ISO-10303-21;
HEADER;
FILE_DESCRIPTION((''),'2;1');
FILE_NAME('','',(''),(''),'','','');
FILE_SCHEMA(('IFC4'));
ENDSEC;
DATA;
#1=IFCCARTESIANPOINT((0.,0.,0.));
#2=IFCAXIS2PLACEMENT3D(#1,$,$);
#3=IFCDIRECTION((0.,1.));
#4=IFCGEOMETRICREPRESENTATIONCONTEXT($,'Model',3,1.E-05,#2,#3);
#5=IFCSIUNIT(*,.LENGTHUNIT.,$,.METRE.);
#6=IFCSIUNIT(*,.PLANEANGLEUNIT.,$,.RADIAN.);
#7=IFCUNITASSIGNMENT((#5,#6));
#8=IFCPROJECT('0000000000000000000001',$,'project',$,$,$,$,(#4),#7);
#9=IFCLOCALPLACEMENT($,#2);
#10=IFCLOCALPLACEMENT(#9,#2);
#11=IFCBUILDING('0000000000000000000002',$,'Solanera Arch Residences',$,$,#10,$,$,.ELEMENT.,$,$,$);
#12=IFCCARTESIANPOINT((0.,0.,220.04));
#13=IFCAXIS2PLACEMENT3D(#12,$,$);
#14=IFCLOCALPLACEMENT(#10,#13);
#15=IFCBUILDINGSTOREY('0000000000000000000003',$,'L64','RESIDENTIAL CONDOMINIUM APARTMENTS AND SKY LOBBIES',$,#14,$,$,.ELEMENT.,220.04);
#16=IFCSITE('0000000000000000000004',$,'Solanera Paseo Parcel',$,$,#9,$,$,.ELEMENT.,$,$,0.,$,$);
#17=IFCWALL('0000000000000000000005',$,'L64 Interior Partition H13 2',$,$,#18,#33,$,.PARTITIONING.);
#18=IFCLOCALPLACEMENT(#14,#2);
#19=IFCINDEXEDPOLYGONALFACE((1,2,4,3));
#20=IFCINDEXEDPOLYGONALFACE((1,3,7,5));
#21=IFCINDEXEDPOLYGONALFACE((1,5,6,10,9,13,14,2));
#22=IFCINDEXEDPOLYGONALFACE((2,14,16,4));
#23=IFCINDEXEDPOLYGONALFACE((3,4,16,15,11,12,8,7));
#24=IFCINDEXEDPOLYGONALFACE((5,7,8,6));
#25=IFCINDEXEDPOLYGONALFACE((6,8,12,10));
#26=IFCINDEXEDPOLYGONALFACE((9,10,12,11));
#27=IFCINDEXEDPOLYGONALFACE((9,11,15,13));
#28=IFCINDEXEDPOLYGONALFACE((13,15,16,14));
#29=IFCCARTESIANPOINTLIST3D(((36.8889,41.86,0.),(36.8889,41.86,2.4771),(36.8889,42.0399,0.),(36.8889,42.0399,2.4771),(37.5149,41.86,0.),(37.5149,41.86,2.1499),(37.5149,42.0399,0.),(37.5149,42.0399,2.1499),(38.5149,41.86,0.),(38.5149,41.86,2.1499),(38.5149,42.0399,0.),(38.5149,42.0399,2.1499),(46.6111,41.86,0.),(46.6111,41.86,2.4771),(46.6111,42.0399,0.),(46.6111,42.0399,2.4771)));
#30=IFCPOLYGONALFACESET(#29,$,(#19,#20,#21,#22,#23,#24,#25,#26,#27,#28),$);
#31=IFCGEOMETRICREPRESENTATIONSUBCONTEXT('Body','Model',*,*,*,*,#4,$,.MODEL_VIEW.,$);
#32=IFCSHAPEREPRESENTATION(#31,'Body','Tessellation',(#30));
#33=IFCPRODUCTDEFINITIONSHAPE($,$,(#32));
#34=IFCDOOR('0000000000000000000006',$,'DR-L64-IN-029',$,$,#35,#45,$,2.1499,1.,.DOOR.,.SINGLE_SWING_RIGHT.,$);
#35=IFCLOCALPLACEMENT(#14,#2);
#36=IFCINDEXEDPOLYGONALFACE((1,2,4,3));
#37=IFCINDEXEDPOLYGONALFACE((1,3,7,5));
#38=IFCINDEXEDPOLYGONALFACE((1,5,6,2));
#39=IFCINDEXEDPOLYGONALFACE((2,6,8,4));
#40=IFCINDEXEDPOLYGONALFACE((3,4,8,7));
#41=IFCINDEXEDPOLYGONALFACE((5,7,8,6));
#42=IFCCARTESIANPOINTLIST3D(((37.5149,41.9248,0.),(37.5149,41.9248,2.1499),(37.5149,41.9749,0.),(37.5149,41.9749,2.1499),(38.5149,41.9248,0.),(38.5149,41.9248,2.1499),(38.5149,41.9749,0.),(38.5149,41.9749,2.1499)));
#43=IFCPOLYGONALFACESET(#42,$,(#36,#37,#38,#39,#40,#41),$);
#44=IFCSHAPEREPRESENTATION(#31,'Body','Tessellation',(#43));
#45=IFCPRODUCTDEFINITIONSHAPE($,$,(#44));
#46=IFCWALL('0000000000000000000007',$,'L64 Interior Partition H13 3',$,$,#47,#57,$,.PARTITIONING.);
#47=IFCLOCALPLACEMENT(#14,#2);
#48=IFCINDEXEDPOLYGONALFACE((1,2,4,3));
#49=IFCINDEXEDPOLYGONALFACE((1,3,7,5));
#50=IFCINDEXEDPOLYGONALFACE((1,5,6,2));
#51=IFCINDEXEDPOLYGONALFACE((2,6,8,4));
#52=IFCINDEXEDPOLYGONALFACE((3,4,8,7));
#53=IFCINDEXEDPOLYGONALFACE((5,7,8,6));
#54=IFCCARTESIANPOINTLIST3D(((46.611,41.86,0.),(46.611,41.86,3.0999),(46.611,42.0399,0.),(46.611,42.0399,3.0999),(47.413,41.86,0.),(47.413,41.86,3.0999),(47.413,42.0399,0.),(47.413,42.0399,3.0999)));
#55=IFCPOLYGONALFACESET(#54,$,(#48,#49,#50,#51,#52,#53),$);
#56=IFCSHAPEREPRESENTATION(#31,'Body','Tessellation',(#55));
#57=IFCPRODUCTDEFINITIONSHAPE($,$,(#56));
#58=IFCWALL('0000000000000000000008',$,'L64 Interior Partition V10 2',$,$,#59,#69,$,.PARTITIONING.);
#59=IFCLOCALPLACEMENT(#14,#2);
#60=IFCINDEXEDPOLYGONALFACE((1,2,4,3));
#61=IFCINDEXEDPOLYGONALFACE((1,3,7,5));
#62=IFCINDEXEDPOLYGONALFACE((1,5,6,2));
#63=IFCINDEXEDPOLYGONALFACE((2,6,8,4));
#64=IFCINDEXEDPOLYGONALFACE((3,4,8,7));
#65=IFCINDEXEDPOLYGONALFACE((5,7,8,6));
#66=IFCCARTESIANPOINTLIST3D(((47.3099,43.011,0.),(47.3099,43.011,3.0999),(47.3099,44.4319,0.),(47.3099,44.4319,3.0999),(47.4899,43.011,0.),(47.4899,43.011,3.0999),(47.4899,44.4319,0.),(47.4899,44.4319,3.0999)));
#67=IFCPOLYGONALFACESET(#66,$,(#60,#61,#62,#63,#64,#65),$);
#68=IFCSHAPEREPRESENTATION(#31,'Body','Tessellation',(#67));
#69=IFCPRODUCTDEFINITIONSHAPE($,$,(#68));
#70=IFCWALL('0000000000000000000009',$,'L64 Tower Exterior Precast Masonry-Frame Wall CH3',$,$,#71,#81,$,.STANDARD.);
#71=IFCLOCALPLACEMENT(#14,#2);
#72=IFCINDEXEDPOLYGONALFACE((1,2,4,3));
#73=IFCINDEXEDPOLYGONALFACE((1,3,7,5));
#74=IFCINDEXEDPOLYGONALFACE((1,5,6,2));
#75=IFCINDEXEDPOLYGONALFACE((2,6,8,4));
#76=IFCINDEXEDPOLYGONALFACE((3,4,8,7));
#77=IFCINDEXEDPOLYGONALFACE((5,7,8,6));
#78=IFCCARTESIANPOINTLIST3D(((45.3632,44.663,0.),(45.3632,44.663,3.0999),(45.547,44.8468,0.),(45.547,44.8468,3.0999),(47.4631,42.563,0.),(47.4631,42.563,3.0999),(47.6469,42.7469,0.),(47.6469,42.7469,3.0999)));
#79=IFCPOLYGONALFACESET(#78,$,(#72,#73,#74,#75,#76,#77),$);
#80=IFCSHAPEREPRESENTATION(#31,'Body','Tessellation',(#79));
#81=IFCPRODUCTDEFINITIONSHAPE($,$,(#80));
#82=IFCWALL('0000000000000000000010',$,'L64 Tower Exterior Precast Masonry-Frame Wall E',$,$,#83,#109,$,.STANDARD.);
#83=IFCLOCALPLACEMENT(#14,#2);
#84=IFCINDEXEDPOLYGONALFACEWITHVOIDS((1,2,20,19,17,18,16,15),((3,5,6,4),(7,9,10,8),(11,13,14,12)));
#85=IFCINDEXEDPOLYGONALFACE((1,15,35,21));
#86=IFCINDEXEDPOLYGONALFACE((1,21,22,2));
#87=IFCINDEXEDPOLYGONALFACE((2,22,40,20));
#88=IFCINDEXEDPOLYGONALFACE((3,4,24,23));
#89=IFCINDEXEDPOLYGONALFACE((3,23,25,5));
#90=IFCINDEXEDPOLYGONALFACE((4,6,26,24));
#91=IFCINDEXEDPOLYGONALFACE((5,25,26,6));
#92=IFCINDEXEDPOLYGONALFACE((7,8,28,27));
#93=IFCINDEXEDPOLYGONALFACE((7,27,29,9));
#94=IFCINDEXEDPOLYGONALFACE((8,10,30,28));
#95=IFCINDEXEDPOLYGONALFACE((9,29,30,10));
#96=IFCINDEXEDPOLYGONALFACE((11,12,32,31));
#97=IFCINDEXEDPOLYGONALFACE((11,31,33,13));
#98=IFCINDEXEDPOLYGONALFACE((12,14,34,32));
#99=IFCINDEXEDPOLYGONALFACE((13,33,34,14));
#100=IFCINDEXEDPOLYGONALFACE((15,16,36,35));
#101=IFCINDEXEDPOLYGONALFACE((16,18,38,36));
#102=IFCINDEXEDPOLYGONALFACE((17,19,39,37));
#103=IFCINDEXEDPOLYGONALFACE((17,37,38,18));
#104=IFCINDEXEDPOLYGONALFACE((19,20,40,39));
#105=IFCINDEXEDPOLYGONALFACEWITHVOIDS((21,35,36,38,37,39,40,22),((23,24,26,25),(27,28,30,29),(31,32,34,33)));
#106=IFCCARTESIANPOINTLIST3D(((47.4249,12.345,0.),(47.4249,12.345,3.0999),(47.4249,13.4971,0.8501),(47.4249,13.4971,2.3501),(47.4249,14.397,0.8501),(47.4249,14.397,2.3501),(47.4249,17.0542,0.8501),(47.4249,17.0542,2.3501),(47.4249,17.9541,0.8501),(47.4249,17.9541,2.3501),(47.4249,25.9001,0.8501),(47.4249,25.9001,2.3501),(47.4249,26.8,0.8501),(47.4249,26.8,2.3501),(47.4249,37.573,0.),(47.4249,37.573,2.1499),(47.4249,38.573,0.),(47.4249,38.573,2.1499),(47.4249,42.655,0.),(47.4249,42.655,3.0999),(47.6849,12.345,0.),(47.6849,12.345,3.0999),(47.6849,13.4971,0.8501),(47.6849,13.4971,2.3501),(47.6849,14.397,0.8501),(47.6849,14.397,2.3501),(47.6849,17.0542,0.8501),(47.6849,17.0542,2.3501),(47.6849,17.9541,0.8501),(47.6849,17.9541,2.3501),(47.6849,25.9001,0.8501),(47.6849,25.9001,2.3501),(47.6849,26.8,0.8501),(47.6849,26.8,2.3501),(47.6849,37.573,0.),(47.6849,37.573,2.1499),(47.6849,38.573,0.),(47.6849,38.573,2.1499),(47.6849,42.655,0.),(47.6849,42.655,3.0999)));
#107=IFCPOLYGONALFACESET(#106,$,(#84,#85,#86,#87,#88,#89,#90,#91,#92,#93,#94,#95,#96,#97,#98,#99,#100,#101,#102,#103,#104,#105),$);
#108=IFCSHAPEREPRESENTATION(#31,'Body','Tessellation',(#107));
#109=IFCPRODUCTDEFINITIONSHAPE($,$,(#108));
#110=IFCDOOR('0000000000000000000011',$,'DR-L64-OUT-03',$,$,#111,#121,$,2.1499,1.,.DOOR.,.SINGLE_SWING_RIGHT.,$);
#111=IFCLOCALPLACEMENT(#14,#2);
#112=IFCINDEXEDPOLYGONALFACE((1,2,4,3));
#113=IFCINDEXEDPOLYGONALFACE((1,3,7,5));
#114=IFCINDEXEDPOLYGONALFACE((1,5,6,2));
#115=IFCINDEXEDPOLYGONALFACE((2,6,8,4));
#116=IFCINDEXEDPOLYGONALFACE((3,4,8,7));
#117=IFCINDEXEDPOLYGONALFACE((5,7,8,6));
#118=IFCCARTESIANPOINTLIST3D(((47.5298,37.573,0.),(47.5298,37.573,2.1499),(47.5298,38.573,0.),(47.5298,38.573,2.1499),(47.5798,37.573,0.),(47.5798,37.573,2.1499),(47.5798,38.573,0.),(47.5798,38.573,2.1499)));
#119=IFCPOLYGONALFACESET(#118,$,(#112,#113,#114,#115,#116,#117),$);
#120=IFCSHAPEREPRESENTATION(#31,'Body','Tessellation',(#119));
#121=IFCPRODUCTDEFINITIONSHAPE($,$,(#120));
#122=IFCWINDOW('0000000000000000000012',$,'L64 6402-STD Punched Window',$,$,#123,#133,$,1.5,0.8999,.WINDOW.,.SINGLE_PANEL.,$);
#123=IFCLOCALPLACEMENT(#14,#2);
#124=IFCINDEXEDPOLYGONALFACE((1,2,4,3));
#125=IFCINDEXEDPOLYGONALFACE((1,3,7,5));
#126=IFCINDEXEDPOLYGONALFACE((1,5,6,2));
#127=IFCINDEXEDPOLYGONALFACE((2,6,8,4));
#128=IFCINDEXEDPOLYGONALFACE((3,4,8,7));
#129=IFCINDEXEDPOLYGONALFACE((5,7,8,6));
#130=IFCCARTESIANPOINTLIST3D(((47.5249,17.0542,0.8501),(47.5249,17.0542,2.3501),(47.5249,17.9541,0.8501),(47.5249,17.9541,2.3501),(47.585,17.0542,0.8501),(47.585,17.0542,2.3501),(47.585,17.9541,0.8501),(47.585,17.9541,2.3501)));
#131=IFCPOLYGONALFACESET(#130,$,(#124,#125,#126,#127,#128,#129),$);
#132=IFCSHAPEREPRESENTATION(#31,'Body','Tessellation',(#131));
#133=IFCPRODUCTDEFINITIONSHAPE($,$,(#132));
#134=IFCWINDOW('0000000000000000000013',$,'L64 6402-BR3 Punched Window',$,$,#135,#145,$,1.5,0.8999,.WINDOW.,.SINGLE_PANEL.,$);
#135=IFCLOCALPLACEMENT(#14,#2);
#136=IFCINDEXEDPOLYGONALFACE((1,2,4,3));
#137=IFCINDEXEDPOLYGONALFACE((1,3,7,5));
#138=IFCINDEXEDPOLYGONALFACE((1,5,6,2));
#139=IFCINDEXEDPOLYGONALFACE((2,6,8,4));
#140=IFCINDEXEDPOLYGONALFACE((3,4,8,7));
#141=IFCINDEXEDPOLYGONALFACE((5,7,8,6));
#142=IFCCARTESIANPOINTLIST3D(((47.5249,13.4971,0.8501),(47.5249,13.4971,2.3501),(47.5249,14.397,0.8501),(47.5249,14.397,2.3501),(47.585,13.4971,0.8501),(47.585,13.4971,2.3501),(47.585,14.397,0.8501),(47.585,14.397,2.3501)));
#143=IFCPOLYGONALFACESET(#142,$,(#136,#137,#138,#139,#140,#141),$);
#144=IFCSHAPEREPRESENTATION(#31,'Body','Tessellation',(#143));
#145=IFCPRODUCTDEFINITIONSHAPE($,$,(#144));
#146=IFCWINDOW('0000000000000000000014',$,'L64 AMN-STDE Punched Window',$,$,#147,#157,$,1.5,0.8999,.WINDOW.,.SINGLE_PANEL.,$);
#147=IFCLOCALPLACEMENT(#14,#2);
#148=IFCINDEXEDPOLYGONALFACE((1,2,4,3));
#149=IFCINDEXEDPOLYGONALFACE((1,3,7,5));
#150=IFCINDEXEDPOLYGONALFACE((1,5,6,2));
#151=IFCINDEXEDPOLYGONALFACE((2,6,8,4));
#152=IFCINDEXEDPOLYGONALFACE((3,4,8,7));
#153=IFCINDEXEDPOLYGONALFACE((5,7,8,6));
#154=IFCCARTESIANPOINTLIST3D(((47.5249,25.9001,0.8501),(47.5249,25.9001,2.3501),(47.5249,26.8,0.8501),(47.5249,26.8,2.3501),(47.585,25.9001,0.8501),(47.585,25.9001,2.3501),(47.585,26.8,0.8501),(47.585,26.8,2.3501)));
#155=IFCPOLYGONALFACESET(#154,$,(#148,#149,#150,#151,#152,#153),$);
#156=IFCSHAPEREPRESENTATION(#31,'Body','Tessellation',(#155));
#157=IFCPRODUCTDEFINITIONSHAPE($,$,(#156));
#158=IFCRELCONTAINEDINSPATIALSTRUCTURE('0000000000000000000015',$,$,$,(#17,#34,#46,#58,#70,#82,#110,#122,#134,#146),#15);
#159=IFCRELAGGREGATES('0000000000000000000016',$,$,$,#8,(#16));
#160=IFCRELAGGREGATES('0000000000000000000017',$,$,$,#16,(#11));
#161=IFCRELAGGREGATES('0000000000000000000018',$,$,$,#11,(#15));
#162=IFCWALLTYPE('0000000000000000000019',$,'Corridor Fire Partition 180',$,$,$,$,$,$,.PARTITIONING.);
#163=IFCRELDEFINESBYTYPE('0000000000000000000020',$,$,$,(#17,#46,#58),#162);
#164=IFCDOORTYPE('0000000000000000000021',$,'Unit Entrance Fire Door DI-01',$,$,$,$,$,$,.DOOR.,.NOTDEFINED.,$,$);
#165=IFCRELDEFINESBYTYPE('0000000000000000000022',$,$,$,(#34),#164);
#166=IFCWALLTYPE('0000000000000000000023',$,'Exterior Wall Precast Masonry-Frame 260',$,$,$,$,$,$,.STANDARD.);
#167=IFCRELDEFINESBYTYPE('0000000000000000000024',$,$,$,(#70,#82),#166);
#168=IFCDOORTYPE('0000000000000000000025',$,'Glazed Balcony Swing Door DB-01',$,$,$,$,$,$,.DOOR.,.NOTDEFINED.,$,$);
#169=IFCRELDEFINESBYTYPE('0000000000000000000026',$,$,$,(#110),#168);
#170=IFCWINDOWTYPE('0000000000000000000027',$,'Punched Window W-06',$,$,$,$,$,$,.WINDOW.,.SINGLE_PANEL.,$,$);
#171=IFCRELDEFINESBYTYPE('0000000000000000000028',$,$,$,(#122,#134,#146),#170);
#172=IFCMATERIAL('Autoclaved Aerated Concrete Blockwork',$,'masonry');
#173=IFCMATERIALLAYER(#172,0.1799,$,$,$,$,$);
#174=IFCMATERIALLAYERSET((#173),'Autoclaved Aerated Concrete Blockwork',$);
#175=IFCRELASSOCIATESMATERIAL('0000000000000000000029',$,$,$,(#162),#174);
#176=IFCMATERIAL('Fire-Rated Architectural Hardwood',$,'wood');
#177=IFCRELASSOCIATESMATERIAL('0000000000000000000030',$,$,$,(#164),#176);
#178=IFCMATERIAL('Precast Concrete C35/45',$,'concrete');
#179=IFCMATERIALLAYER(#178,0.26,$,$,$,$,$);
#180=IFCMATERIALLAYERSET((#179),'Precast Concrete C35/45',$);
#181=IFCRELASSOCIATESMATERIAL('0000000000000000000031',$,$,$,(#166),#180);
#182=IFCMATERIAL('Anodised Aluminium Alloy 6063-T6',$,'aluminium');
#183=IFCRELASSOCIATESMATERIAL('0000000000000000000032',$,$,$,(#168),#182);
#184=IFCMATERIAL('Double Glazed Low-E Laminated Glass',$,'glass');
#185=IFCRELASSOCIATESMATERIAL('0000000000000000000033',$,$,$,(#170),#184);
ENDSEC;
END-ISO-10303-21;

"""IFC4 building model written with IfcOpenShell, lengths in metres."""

from ifc_helpers import new_model, si_unit, direction, frame, frame_2d, origin, place, context, subcontext, project, spatial, rectangle, extrude, material, layer, layer_set, type_object, element, fill, save


model = new_model("IFC4")

# Units and contexts
model_context = context("Model", 3, precision=1e-05, world=origin(), true_north=direction((0.0, 1.0)))
body_context = subcontext(model_context, "Body", "Model", "MODEL_VIEW")
ifc_project = project(units=[si_unit("LENGTHUNIT", "METRE"), si_unit("PLANEANGLEUNIT", "RADIAN")], contexts=[model_context])

# Site, building, storey
site_placement = place(None, origin())
site = spatial("IfcSite", under=ifc_project, at=site_placement, Name="Solanera Paseo Parcel", CompositionType="ELEMENT", RefElevation=0.0)
building_placement = place(site_placement, origin())
building = spatial("IfcBuilding", under=site, at=building_placement, Name="Solanera Arch Residences", CompositionType="ELEMENT")
storey_placement = place(building_placement, frame((0.0, 0.0, 220.04)))
storey = spatial("IfcBuildingStorey", under=building, at=storey_placement, Name="L64", Description="RESIDENTIAL CONDOMINIUM APARTMENTS AND SKY LOBBIES", CompositionType="ELEMENT", Elevation=220.04)

# Shared definitions
ifc_material_1 = material(Name="Autoclaved Aerated Concrete Blockwork", Category="masonry")
ifc_layer_1 = layer(ifc_material_1, 0.1799)
ifc_layer_set_1 = layer_set([ifc_layer_1], Name="Autoclaved Aerated Concrete Blockwork")
wall_type_1 = type_object("IfcWallType", Name="Corridor Fire Partition 180", PredefinedType="PARTITIONING", material=ifc_layer_set_1)
ifc_material_2 = material(Name="Fire-Rated Architectural Hardwood", Category="wood")
door_type_1 = type_object("IfcDoorType", Name="Unit Entrance Fire Door DI-01", OperationType="NOTDEFINED", PredefinedType="DOOR", material=ifc_material_2)

# Wall, opening, door
wall_1_placement = place(storey_placement, frame((36.8889, 41.95, 0.0), z_axis=(0.0, 0.0, 1.0), x_axis=(1.0, 0.0, 0.0)))
wall_1 = element("IfcWall", 1, at=wall_1_placement, inside=storey, type_object=wall_type_1, Name="L64 Interior Partition H13 2", PredefinedType="PARTITIONING", context=body_context, shape_type="SweptSolid", body=[
    extrude(rectangle(XDim=9.7222, YDim=0.1799, at=frame_2d((4.8611, 0.0))), origin(), (0.0, 0.0, 1.0), 2.4771),
])
opening_1_placement = place(wall_1_placement, frame((0.626, 0.0, 0.0)))
opening_1 = element("IfcOpeningElement", 2, at=opening_1_placement, cuts=wall_1, PredefinedType="OPENING", context=body_context, shape_type="SweptSolid", body=[
    extrude(rectangle(XDim=1.0, YDim=2.1499, at=frame_2d((0.5, 1.075))), frame((0.0, 0.1001, 0.0), z_axis=(0.0, -1.0, 0.0), x_axis=(1.0, 0.0, 0.0)), (0.0, 0.0, 1.0), 0.1999),
])
door_1_placement = place(opening_1_placement, origin())
door_1 = element("IfcDoor", 3, at=door_1_placement, inside=storey, type_object=door_type_1, Name="DR-L64-IN-029", OperationType="SINGLE_SWING_RIGHT", OverallHeight=2.1499, OverallWidth=1.0, PredefinedType="DOOR", context=body_context, shape_type="SweptSolid", body=[
    extrude(rectangle(XDim=1.0, YDim=2.1499, at=frame_2d((0.5, 1.075))), frame((0.0, 0.0249, 0.0), z_axis=(0.0, -1.0, 0.0), x_axis=(1.0, 0.0, 0.0)), (0.0, 0.0, 1.0), 0.05),
])
fill(opening_1, door_1)

# Walls
wall_2_placement = place(storey_placement, frame((46.6111, 41.95, 0.0), z_axis=(0.0, 0.0, 1.0), x_axis=(1.0, 0.0, 0.0)))
element("IfcWall", 4, at=wall_2_placement, inside=storey, type_object=wall_type_1, Name="L64 Interior Partition H13 3", PredefinedType="PARTITIONING", context=body_context, shape_type="SweptSolid", body=[
    extrude(rectangle(XDim=0.802, YDim=0.1799, at=frame_2d((0.4009, 0.0))), origin(), (0.0, 0.0, 1.0), 3.0999),
])
wall_3_placement = place(storey_placement, frame((47.3999, 43.011, 0.0), z_axis=(0.0, 0.0, 1.0), x_axis=(0.0, 1.0, 0.0)))
element("IfcWall", 5, at=wall_3_placement, inside=storey, type_object=wall_type_1, Name="L64 Interior Partition V10 2", PredefinedType="PARTITIONING", context=body_context, shape_type="SweptSolid", body=[
    extrude(rectangle(XDim=1.4209, YDim=0.1799, at=frame_2d((0.7104, 0.0))), origin(), (0.0, 0.0, 1.0), 3.0999),
])
ifc_material_3 = material(Name="Precast Concrete C35/45", Category="concrete")
ifc_layer_2 = layer(ifc_material_3, 0.26)
ifc_layer_set_2 = layer_set([ifc_layer_2], Name="Precast Concrete C35/45")
wall_type_2 = type_object("IfcWallType", Name="Exterior Wall Precast Masonry-Frame 260", PredefinedType="STANDARD", material=ifc_layer_set_2)
wall_4_placement = place(storey_placement, frame((45.4551, 44.7549, 0.0), z_axis=(0.0, 0.0, 1.0), x_axis=(0.707107, -0.707107, 0.0)))
element("IfcWall", 6, at=wall_4_placement, inside=storey, type_object=wall_type_2, Name="L64 Tower Exterior Precast Masonry-Frame Wall CH3", PredefinedType="STANDARD", context=body_context, shape_type="SweptSolid", body=[
    extrude(rectangle(XDim=2.9697, YDim=0.26, at=frame_2d((1.4849, 0.0))), origin(), (0.0, 0.0, 1.0), 3.0999),
])

# Wall, openings, door, windows
wall_5_placement = place(storey_placement, frame((47.5549, 42.655, 0.0), z_axis=(0.0, 0.0, 1.0), x_axis=(0.0, -1.0, 0.0)))
wall_5 = element("IfcWall", 7, at=wall_5_placement, inside=storey, type_object=wall_type_2, Name="L64 Tower Exterior Precast Masonry-Frame Wall E", PredefinedType="STANDARD", context=body_context, shape_type="SweptSolid", body=[
    extrude(rectangle(XDim=30.3101, YDim=0.26, at=frame_2d((15.155, 0.0))), origin(), (0.0, 0.0, 1.0), 3.0999),
])
opening_2_placement = place(wall_5_placement, frame((4.082, 0.0, 0.0)))
opening_2 = element("IfcOpeningElement", 8, at=opening_2_placement, cuts=wall_5, PredefinedType="OPENING", context=body_context, shape_type="SweptSolid", body=[
    extrude(rectangle(XDim=1.0, YDim=2.1499, at=frame_2d((0.5, 1.075))), frame((0.0, 0.1399, 0.0), z_axis=(0.0, -1.0, 0.0), x_axis=(1.0, 0.0, 0.0)), (0.0, 0.0, 1.0), 0.28),
])
opening_3_placement = place(wall_5_placement, frame((24.7009, 0.0, 0.8501)))
opening_3 = element("IfcOpeningElement", 9, at=opening_3_placement, cuts=wall_5, PredefinedType="OPENING", context=body_context, shape_type="SweptSolid", body=[
    extrude(rectangle(XDim=0.8999, YDim=1.5, at=frame_2d((0.45, 0.75))), frame((0.0, 0.1399, 0.0), z_axis=(0.0, -1.0, 0.0), x_axis=(1.0, 0.0, 0.0)), (0.0, 0.0, 1.0), 0.28),
])
opening_4_placement = place(wall_5_placement, frame((28.2581, 0.0, 0.8501)))
opening_4 = element("IfcOpeningElement", 10, at=opening_4_placement, cuts=wall_5, PredefinedType="OPENING", context=body_context, shape_type="SweptSolid", body=[
    extrude(rectangle(XDim=0.8999, YDim=1.5, at=frame_2d((0.45, 0.75))), frame((0.0, 0.1399, 0.0), z_axis=(0.0, -1.0, 0.0), x_axis=(1.0, 0.0, 0.0)), (0.0, 0.0, 1.0), 0.28),
])
opening_5_placement = place(wall_5_placement, frame((15.855, 0.0, 0.8501)))
opening_5 = element("IfcOpeningElement", 11, at=opening_5_placement, cuts=wall_5, PredefinedType="OPENING", context=body_context, shape_type="SweptSolid", body=[
    extrude(rectangle(XDim=0.8999, YDim=1.5, at=frame_2d((0.45, 0.75))), frame((0.0, 0.1399, 0.0), z_axis=(0.0, -1.0, 0.0), x_axis=(1.0, 0.0, 0.0)), (0.0, 0.0, 1.0), 0.28),
])
ifc_material_4 = material(Name="Anodised Aluminium Alloy 6063-T6", Category="aluminium")
door_type_2 = type_object("IfcDoorType", Name="Glazed Balcony Swing Door DB-01", OperationType="NOTDEFINED", PredefinedType="DOOR", material=ifc_material_4)
door_2_placement = place(opening_2_placement, origin())
door_2 = element("IfcDoor", 12, at=door_2_placement, inside=storey, type_object=door_type_2, Name="DR-L64-OUT-03", OperationType="SINGLE_SWING_RIGHT", OverallHeight=2.1499, OverallWidth=1.0, PredefinedType="DOOR", context=body_context, shape_type="SweptSolid", body=[
    extrude(rectangle(XDim=1.0, YDim=2.1499, at=frame_2d((0.5, 1.075))), frame((0.0, 0.0249, 0.0), z_axis=(0.0, -1.0, 0.0), x_axis=(1.0, 0.0, 0.0)), (0.0, 0.0, 1.0), 0.05),
])
fill(opening_2, door_2)
ifc_material_5 = material(Name="Double Glazed Low-E Laminated Glass", Category="glass")
window_type = type_object("IfcWindowType", Name="Punched Window W-06", PartitioningType="SINGLE_PANEL", PredefinedType="WINDOW", material=ifc_material_5)
window_1_placement = place(opening_3_placement, origin())
window_1 = element("IfcWindow", 13, at=window_1_placement, inside=storey, type_object=window_type, Name="L64 6402-STD Punched Window", OverallHeight=1.5, OverallWidth=0.8999, PartitioningType="SINGLE_PANEL", PredefinedType="WINDOW", context=body_context, shape_type="SweptSolid", body=[
    extrude(rectangle(XDim=0.8999, YDim=1.5, at=frame_2d((0.45, 0.75))), frame((0.0, 0.03, 0.0), z_axis=(0.0, -1.0, 0.0), x_axis=(1.0, 0.0, 0.0)), (0.0, 0.0, 1.0), 0.0601),
])
fill(opening_3, window_1)
window_2_placement = place(opening_4_placement, origin())
window_2 = element("IfcWindow", 14, at=window_2_placement, inside=storey, type_object=window_type, Name="L64 6402-BR3 Punched Window", OverallHeight=1.5, OverallWidth=0.8999, PartitioningType="SINGLE_PANEL", PredefinedType="WINDOW", context=body_context, shape_type="SweptSolid", body=[
    extrude(rectangle(XDim=0.8999, YDim=1.5, at=frame_2d((0.45, 0.75))), frame((0.0, 0.03, 0.0), z_axis=(0.0, -1.0, 0.0), x_axis=(1.0, 0.0, 0.0)), (0.0, 0.0, 1.0), 0.0601),
])
fill(opening_4, window_2)
window_3_placement = place(opening_5_placement, origin())
window_3 = element("IfcWindow", 15, at=window_3_placement, inside=storey, type_object=window_type, Name="L64 AMN-STDE Punched Window", OverallHeight=1.5, OverallWidth=0.8999, PartitioningType="SINGLE_PANEL", PredefinedType="WINDOW", context=body_context, shape_type="SweptSolid", body=[
    extrude(rectangle(XDim=0.8999, YDim=1.5, at=frame_2d((0.45, 0.75))), frame((0.0, 0.03, 0.0), z_axis=(0.0, -1.0, 0.0), x_axis=(1.0, 0.0, 0.0)), (0.0, 0.0, 1.0), 0.0601),
])
fill(opening_5, window_3)

save(model, "model.ifc")
